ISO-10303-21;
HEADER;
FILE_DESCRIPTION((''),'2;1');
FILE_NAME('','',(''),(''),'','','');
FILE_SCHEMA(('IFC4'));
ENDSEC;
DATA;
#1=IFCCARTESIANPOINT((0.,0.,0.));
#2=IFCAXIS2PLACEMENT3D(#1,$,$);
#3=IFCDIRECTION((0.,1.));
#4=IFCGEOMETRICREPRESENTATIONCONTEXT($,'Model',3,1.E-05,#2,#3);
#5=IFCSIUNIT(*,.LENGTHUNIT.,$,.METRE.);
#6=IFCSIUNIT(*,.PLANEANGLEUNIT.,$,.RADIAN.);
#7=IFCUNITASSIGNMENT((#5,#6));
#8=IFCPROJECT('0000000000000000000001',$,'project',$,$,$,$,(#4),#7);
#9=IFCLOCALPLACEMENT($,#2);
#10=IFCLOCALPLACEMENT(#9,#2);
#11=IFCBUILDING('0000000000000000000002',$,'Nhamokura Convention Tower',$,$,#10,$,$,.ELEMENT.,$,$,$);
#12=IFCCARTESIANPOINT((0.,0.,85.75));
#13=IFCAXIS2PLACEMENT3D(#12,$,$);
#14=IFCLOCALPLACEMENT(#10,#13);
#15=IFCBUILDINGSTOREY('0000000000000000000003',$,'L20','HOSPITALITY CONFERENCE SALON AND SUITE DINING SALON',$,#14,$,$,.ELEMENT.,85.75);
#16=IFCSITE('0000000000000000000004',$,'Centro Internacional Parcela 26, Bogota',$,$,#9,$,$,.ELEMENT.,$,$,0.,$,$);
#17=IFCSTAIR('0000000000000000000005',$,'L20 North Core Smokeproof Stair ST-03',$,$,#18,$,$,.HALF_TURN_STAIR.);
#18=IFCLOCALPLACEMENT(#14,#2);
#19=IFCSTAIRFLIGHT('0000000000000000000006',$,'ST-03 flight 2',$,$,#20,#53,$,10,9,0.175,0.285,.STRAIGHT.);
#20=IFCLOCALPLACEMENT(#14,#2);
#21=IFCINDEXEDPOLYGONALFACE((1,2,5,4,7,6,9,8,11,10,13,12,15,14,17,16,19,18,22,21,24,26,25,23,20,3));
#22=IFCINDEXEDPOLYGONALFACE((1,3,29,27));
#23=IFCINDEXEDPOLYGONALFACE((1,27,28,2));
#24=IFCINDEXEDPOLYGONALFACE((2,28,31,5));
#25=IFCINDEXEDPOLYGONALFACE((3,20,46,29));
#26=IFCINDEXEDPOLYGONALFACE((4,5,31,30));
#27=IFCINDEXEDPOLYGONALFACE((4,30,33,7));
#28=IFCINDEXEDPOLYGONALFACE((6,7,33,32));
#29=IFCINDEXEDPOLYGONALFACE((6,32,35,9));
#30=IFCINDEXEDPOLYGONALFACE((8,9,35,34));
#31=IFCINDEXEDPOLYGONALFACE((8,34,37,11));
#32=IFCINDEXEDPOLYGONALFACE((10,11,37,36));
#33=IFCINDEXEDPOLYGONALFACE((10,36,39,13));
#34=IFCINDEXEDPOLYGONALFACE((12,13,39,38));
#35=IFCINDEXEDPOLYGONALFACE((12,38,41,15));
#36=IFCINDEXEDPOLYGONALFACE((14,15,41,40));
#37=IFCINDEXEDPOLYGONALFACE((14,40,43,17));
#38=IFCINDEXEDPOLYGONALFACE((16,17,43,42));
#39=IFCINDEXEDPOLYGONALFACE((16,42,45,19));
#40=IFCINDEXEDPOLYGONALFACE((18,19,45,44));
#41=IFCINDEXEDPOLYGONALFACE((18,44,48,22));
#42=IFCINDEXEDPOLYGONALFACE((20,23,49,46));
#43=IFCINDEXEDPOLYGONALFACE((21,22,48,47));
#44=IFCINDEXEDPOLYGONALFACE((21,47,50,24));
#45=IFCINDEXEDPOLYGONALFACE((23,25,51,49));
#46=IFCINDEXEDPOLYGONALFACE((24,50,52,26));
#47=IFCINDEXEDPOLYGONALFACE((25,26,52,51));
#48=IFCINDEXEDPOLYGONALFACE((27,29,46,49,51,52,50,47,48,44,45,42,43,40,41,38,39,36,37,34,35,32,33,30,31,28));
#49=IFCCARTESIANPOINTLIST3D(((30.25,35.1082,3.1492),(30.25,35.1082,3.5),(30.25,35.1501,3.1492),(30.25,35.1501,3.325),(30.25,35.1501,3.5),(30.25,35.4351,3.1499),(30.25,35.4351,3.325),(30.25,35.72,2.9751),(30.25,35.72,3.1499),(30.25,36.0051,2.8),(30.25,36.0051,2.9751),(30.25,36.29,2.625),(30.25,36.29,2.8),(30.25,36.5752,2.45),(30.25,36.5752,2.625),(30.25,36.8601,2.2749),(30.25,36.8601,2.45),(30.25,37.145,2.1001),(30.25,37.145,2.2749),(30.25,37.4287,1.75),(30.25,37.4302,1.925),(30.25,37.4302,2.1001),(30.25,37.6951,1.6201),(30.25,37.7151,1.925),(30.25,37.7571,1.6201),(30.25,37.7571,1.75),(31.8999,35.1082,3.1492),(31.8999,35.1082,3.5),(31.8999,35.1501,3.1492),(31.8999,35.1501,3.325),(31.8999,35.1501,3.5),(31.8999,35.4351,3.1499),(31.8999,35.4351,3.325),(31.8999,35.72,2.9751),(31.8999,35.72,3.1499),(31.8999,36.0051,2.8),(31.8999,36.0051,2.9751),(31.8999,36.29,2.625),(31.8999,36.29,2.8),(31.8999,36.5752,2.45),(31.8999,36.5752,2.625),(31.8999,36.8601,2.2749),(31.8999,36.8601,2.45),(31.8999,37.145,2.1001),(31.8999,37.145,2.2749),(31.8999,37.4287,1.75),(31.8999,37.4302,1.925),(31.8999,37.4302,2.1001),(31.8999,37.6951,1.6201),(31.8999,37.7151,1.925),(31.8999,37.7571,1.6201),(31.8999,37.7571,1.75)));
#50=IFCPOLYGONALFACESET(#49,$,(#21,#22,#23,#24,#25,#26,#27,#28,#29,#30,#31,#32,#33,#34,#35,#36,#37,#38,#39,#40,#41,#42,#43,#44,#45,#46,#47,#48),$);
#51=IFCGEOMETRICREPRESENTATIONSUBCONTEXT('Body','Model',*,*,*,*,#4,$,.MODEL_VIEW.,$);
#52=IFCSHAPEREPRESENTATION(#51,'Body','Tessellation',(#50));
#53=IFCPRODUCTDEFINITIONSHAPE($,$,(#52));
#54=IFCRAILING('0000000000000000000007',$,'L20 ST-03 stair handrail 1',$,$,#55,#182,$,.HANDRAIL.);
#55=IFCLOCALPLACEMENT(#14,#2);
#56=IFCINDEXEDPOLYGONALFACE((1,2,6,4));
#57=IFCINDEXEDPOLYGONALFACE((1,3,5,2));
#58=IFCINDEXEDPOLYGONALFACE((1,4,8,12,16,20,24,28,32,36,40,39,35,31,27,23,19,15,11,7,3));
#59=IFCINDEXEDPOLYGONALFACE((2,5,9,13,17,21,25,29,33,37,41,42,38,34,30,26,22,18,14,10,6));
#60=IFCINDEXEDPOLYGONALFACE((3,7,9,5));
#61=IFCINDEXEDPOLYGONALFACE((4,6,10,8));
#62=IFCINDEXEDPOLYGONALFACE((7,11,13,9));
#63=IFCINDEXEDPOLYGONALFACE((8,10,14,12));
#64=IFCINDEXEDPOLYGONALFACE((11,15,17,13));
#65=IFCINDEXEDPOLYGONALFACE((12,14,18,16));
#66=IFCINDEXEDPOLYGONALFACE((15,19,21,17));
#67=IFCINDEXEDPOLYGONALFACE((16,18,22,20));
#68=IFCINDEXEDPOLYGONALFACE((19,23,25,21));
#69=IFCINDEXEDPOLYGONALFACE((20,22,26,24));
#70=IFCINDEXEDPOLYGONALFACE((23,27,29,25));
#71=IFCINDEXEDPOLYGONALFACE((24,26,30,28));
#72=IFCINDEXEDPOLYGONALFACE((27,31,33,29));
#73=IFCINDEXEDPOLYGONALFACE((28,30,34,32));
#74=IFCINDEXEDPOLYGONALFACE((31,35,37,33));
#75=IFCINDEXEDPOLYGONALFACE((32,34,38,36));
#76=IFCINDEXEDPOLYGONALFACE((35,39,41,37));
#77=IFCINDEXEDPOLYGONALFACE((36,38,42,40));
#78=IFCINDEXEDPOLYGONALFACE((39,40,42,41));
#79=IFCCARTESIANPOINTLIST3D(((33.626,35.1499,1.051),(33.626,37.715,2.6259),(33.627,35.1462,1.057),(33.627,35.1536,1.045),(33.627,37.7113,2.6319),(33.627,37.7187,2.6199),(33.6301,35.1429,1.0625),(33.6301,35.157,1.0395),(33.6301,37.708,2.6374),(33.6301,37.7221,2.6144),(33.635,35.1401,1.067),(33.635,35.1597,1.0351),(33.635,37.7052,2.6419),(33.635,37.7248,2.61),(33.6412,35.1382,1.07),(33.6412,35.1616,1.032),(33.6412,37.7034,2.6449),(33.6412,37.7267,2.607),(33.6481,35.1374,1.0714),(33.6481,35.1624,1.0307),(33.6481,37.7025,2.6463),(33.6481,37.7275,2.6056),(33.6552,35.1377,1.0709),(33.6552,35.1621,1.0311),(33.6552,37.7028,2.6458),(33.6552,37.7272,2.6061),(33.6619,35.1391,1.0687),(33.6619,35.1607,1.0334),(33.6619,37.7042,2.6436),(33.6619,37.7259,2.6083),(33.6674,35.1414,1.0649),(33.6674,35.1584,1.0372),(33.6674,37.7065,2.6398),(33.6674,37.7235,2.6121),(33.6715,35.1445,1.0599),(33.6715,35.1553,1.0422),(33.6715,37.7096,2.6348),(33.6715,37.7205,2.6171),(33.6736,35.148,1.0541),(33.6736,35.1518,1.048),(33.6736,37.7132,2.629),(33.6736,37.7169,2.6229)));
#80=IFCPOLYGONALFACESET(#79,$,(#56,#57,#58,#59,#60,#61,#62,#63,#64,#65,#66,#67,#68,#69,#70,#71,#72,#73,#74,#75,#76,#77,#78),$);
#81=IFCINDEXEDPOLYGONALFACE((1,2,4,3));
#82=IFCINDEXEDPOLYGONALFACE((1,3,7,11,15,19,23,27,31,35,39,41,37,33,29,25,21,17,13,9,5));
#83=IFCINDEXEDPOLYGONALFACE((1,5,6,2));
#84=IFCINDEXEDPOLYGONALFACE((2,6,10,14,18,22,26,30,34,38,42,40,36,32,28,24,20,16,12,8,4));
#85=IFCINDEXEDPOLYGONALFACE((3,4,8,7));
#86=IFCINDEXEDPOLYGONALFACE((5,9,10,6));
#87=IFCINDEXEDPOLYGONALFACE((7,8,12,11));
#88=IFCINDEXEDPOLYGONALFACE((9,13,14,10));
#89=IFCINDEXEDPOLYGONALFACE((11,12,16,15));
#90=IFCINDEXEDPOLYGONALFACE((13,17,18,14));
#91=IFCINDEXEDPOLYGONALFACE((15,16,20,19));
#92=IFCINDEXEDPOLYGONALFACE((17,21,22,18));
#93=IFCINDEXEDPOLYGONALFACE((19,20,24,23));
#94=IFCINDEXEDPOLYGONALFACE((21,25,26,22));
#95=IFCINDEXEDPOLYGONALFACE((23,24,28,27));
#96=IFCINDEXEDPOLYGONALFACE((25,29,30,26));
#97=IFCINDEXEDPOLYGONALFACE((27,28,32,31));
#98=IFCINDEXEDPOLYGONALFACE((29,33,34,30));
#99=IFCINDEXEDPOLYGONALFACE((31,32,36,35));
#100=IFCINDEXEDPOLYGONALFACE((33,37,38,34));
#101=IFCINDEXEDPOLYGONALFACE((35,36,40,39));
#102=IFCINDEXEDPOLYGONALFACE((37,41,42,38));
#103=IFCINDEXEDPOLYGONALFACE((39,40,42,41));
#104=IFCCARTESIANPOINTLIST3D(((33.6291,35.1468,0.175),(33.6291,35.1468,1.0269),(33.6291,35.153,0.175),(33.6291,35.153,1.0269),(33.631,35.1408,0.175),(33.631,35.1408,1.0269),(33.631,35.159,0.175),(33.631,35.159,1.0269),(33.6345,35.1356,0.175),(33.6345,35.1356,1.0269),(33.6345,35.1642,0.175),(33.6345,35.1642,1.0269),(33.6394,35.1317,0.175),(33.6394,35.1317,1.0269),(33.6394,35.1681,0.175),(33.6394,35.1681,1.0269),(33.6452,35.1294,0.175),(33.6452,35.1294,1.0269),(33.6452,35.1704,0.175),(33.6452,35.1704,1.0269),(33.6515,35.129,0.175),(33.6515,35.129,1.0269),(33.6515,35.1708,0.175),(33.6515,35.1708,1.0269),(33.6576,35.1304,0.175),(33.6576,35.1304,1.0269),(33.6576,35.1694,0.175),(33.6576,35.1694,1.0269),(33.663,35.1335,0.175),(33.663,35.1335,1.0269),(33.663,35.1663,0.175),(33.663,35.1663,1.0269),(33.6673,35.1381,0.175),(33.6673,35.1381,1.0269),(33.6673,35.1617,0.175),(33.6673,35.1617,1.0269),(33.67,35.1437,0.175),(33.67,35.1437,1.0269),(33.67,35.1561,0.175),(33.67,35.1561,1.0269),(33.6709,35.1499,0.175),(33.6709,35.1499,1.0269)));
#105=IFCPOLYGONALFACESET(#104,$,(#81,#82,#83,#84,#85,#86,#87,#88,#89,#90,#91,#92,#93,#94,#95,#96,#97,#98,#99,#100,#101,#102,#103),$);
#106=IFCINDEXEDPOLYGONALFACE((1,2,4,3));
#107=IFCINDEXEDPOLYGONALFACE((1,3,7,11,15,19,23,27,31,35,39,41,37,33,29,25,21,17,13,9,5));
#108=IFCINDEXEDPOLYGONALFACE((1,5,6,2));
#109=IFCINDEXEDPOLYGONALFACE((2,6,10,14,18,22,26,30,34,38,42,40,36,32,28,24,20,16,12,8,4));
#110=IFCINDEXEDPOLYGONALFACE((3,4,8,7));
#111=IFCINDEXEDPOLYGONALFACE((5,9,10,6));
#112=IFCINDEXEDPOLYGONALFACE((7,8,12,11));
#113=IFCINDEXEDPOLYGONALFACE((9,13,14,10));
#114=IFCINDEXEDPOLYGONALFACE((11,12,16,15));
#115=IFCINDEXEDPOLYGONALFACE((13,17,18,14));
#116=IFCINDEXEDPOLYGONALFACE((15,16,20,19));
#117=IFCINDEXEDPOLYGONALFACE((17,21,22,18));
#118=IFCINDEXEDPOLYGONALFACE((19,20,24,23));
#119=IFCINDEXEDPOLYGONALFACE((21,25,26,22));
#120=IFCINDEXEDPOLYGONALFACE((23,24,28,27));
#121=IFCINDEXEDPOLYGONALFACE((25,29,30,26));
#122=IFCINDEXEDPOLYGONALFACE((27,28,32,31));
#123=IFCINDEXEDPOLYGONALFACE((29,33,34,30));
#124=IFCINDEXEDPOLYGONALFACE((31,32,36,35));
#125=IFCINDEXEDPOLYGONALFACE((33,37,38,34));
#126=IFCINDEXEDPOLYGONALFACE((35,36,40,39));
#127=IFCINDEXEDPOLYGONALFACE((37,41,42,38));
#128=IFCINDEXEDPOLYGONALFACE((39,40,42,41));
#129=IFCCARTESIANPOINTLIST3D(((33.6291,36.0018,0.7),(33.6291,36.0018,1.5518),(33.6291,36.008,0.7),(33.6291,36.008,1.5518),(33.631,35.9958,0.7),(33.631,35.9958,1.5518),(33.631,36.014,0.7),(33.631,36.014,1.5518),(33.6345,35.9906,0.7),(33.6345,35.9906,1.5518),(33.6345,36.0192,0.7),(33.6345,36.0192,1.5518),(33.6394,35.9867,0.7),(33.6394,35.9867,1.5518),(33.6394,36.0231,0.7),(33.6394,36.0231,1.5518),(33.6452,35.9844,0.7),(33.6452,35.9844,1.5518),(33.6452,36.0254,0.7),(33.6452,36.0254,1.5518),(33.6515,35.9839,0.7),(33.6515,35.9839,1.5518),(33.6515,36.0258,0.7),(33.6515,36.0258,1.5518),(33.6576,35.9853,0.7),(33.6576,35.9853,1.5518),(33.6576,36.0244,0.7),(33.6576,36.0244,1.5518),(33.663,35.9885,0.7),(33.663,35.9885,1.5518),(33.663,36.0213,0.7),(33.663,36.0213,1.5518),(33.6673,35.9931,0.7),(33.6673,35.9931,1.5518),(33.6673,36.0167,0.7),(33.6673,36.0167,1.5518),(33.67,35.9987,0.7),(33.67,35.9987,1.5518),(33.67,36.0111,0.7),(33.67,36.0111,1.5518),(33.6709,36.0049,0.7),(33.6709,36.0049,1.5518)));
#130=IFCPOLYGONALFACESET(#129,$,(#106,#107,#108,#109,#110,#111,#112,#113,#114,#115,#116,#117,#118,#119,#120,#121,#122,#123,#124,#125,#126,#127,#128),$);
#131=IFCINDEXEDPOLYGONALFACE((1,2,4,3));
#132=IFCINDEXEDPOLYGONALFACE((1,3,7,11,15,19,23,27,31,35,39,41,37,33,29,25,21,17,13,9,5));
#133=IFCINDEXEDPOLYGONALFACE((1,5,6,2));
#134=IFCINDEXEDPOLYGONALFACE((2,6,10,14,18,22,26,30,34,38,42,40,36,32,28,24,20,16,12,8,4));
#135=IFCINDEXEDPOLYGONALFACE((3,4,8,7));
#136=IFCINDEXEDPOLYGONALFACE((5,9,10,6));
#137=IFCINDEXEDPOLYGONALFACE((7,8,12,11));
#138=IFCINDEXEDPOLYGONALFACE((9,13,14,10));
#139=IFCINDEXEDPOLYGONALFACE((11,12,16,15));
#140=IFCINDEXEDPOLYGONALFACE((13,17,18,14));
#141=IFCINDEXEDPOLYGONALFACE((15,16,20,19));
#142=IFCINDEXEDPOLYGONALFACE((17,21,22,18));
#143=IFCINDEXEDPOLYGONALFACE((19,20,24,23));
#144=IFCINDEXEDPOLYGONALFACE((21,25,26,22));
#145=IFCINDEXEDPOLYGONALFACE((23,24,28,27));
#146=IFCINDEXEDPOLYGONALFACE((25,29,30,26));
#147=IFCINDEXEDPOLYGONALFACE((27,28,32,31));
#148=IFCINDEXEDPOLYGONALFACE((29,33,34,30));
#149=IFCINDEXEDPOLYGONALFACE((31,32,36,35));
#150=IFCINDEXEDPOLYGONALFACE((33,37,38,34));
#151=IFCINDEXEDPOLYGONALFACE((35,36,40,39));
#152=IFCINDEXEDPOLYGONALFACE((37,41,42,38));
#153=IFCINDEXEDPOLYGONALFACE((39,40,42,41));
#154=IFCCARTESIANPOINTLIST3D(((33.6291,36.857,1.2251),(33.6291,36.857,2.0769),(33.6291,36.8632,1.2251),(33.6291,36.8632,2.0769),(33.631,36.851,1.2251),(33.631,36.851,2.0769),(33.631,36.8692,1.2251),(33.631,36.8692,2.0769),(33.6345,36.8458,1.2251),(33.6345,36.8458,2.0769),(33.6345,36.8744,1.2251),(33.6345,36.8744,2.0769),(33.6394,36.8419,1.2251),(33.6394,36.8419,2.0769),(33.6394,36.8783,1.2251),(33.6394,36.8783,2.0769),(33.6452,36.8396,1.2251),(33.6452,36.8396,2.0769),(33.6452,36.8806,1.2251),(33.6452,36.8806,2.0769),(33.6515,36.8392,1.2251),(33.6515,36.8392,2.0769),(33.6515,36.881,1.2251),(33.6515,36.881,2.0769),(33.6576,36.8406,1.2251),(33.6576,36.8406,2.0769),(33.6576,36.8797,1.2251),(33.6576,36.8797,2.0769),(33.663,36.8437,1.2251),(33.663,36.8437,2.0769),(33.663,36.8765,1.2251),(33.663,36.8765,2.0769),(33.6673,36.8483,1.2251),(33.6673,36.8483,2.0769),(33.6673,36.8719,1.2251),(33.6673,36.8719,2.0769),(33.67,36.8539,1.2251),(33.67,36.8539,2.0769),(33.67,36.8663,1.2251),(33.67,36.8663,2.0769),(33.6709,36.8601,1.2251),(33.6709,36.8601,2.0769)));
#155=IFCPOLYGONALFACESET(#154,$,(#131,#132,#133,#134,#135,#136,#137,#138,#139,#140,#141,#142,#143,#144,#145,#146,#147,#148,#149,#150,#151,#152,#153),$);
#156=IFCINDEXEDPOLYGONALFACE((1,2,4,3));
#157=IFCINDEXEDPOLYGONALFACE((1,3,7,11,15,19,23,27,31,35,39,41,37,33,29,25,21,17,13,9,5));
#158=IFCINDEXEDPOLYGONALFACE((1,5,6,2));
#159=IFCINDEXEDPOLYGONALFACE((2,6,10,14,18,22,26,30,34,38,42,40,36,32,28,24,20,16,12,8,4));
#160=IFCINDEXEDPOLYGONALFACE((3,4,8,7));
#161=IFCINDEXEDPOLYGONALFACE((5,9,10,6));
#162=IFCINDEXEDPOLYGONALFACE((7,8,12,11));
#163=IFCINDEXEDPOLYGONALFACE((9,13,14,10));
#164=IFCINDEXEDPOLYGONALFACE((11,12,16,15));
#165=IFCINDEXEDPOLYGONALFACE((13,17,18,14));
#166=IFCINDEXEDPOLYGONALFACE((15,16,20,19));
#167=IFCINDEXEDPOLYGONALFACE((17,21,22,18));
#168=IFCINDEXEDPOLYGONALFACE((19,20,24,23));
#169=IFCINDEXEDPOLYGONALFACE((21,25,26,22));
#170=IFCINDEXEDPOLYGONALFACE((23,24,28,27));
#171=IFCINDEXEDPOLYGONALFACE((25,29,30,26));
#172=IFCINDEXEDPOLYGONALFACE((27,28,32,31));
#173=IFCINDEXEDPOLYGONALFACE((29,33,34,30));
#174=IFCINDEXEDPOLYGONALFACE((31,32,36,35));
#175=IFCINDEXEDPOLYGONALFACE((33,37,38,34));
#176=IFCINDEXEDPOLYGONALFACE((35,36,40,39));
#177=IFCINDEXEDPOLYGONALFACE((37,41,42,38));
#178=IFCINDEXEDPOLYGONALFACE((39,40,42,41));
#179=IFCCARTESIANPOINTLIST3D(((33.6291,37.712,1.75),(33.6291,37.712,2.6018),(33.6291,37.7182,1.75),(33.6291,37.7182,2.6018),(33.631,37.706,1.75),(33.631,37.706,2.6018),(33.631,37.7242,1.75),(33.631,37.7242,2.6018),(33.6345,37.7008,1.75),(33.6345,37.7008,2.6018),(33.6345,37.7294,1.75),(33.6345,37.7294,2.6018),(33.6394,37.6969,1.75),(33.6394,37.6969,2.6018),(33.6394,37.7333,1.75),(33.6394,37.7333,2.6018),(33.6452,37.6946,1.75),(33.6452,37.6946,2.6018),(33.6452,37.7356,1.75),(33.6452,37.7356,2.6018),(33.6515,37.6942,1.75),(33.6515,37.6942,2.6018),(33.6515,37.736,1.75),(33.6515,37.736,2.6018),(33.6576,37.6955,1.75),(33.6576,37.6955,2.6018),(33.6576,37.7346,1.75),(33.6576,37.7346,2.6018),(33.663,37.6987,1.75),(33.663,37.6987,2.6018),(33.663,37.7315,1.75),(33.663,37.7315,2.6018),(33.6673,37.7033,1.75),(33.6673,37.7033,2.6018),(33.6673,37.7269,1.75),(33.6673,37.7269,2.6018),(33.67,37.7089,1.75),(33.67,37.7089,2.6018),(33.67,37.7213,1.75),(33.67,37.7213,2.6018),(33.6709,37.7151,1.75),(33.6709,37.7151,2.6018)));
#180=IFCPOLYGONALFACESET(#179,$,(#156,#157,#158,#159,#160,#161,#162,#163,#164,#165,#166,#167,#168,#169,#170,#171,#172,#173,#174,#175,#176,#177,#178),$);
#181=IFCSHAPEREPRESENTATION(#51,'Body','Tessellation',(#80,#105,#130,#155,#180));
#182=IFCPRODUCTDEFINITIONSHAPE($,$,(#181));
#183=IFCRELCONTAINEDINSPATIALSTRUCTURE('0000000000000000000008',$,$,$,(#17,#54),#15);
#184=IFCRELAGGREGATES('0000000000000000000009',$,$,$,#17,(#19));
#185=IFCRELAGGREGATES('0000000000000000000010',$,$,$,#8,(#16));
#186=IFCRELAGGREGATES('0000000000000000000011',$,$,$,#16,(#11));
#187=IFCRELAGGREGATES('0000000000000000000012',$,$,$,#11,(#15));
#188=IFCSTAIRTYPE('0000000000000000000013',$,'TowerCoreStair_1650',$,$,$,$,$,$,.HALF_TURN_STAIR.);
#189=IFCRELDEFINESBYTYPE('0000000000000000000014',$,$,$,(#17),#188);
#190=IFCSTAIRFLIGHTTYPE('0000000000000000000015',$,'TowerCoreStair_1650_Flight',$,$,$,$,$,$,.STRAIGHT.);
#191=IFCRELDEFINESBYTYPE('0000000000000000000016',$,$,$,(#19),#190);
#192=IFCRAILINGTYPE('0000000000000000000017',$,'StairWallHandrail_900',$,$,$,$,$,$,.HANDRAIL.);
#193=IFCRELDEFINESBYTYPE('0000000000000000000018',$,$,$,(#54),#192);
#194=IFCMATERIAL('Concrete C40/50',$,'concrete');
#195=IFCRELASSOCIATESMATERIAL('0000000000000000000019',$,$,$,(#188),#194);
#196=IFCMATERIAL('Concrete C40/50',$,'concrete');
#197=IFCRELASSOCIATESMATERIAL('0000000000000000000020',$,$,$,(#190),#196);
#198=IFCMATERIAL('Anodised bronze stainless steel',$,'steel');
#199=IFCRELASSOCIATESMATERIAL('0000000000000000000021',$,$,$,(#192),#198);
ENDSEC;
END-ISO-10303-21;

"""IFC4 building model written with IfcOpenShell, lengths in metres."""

from ifc_helpers import new_model, si_unit, direction, frame, origin, origin_2d, place, context, subcontext, project, spatial, polyline, circle, outline, extrude, material, type_object, element, aggregate, save


model = new_model("IFC4")

# Units and contexts
model_context = context("Model", 3, precision=1e-05, world=origin(), true_north=direction((0.0, 1.0)))
body_context = subcontext(model_context, "Body", "Model", "MODEL_VIEW")
ifc_project = project(units=[si_unit("LENGTHUNIT", "METRE"), si_unit("PLANEANGLEUNIT", "RADIAN")], contexts=[model_context])

# Site, building, storey
site_placement = place(None, origin())
site = spatial("IfcSite", under=ifc_project, at=site_placement, Name="Centro Internacional Parcela 26, Bogota", CompositionType="ELEMENT", RefElevation=0.0)
building_placement = place(site_placement, origin())
building = spatial("IfcBuilding", under=site, at=building_placement, Name="Nhamokura Convention Tower", CompositionType="ELEMENT")
storey_placement = place(building_placement, frame((0.0, 0.0, 85.75)))
storey = spatial("IfcBuildingStorey", under=building, at=storey_placement, Name="L20", Description="HOSPITALITY CONFERENCE SALON AND SUITE DINING SALON", CompositionType="ELEMENT", Elevation=85.75)

# Stair, stair flight
ifc_material_1 = material(Name="Concrete C40/50", Category="concrete")
stair_type = type_object("IfcStairType", Name="TowerCoreStair_1650", PredefinedType="HALF_TURN_STAIR", material=ifc_material_1)
stair_placement = place(storey_placement, origin())
stair = element("IfcStair", 1, at=stair_placement, inside=storey, type_object=stair_type, Name="L20 North Core Smokeproof Stair ST-03", PredefinedType="HALF_TURN_STAIR")
ifc_material_2 = material(Name="Concrete C40/50", Category="concrete")
stair_flight_type = type_object("IfcStairFlightType", Name="TowerCoreStair_1650_Flight", PredefinedType="STRAIGHT", material=ifc_material_2)
stair_flight_1_placement = place(storey_placement, frame((31.075, 37.7151, 1.75), z_axis=(0.0, 0.0, 1.0), x_axis=(0.0, -1.0, 0.0)))
stair_flight_1 = element("IfcStairFlight", 2, at=stair_flight_1_placement, type_object=stair_flight_type, Name="ST-03 flight 2", NumberOfRisers=10, NumberOfTreads=9, PredefinedType="STRAIGHT", RiserHeight=0.175, TreadLength=0.285, context=body_context, shape_type="SweptSolid", body=[
    extrude(outline(polyline([(-0.042, 0.0), (0.0, 0.175), (0.2849, 0.175), (0.2849, 0.3501), (0.5701, 0.3501), (0.5701, 0.5249), (0.855, 0.5249), (0.855, 0.7), (1.1399, 0.7), (1.1399, 0.875), (1.425, 0.875), (1.425, 1.05), (1.71, 1.05), (1.71, 1.2251), (1.9951, 1.2251), (1.9951, 1.3999), (2.28, 1.3999), (2.28, 1.575), (2.5649, 1.575), (2.5649, 1.75), (2.6069, 1.75), (2.6069, 1.3992), (2.5649, 1.3992), (0.2864, 0.0), (0.02, -0.1299), (-0.042, -0.1299), (-0.042, 0.0)])), frame((0.0, 0.825, 0.0), z_axis=(0.0, -1.0, 0.0), x_axis=(1.0, 0.0, 0.0)), (0.0, 0.0, 1.0), 1.6499),
])
aggregate(stair, [stair_flight_1])

# Railing
ifc_material_3 = material(Name="Anodised bronze stainless steel", Category="steel")
railing_type_1 = type_object("IfcRailingType", Name="StairWallHandrail_900", PredefinedType="HANDRAIL", material=ifc_material_3)
railing_1_placement = place(storey_placement, frame((33.6499, 35.1499, 0.175)))
element("IfcRailing", 3, at=railing_1_placement, inside=storey, type_object=railing_type_1, Name="L20 ST-03 stair handrail 1", PredefinedType="HANDRAIL", context=body_context, shape_type="SweptSolid", body=[
    extrude(circle(Radius=0.0239, at=origin_2d()), frame((0.0, 0.0, 0.876), z_axis=(0.0, 0.852195, 0.523224), x_axis=(-1.0, 0.0, 0.0)), (0.0, 0.0, 1.0), 3.01),
    extrude(circle(Radius=0.021, at=origin_2d()), origin(), (0.0, 0.0, 1.0), 0.8518),
    extrude(circle(Radius=0.021, at=origin_2d()), frame((0.0, 0.855, 0.5249)), (0.0, 0.0, 1.0), 0.8518),
    extrude(circle(Radius=0.021, at=origin_2d()), frame((0.0, 1.7102, 1.05)), (0.0, 0.0, 1.0), 0.8518),
    extrude(circle(Radius=0.021, at=origin_2d()), frame((0.0, 2.5652, 1.575)), (0.0, 0.0, 1.0), 0.8518),
])

save(model, "model.ifc")
